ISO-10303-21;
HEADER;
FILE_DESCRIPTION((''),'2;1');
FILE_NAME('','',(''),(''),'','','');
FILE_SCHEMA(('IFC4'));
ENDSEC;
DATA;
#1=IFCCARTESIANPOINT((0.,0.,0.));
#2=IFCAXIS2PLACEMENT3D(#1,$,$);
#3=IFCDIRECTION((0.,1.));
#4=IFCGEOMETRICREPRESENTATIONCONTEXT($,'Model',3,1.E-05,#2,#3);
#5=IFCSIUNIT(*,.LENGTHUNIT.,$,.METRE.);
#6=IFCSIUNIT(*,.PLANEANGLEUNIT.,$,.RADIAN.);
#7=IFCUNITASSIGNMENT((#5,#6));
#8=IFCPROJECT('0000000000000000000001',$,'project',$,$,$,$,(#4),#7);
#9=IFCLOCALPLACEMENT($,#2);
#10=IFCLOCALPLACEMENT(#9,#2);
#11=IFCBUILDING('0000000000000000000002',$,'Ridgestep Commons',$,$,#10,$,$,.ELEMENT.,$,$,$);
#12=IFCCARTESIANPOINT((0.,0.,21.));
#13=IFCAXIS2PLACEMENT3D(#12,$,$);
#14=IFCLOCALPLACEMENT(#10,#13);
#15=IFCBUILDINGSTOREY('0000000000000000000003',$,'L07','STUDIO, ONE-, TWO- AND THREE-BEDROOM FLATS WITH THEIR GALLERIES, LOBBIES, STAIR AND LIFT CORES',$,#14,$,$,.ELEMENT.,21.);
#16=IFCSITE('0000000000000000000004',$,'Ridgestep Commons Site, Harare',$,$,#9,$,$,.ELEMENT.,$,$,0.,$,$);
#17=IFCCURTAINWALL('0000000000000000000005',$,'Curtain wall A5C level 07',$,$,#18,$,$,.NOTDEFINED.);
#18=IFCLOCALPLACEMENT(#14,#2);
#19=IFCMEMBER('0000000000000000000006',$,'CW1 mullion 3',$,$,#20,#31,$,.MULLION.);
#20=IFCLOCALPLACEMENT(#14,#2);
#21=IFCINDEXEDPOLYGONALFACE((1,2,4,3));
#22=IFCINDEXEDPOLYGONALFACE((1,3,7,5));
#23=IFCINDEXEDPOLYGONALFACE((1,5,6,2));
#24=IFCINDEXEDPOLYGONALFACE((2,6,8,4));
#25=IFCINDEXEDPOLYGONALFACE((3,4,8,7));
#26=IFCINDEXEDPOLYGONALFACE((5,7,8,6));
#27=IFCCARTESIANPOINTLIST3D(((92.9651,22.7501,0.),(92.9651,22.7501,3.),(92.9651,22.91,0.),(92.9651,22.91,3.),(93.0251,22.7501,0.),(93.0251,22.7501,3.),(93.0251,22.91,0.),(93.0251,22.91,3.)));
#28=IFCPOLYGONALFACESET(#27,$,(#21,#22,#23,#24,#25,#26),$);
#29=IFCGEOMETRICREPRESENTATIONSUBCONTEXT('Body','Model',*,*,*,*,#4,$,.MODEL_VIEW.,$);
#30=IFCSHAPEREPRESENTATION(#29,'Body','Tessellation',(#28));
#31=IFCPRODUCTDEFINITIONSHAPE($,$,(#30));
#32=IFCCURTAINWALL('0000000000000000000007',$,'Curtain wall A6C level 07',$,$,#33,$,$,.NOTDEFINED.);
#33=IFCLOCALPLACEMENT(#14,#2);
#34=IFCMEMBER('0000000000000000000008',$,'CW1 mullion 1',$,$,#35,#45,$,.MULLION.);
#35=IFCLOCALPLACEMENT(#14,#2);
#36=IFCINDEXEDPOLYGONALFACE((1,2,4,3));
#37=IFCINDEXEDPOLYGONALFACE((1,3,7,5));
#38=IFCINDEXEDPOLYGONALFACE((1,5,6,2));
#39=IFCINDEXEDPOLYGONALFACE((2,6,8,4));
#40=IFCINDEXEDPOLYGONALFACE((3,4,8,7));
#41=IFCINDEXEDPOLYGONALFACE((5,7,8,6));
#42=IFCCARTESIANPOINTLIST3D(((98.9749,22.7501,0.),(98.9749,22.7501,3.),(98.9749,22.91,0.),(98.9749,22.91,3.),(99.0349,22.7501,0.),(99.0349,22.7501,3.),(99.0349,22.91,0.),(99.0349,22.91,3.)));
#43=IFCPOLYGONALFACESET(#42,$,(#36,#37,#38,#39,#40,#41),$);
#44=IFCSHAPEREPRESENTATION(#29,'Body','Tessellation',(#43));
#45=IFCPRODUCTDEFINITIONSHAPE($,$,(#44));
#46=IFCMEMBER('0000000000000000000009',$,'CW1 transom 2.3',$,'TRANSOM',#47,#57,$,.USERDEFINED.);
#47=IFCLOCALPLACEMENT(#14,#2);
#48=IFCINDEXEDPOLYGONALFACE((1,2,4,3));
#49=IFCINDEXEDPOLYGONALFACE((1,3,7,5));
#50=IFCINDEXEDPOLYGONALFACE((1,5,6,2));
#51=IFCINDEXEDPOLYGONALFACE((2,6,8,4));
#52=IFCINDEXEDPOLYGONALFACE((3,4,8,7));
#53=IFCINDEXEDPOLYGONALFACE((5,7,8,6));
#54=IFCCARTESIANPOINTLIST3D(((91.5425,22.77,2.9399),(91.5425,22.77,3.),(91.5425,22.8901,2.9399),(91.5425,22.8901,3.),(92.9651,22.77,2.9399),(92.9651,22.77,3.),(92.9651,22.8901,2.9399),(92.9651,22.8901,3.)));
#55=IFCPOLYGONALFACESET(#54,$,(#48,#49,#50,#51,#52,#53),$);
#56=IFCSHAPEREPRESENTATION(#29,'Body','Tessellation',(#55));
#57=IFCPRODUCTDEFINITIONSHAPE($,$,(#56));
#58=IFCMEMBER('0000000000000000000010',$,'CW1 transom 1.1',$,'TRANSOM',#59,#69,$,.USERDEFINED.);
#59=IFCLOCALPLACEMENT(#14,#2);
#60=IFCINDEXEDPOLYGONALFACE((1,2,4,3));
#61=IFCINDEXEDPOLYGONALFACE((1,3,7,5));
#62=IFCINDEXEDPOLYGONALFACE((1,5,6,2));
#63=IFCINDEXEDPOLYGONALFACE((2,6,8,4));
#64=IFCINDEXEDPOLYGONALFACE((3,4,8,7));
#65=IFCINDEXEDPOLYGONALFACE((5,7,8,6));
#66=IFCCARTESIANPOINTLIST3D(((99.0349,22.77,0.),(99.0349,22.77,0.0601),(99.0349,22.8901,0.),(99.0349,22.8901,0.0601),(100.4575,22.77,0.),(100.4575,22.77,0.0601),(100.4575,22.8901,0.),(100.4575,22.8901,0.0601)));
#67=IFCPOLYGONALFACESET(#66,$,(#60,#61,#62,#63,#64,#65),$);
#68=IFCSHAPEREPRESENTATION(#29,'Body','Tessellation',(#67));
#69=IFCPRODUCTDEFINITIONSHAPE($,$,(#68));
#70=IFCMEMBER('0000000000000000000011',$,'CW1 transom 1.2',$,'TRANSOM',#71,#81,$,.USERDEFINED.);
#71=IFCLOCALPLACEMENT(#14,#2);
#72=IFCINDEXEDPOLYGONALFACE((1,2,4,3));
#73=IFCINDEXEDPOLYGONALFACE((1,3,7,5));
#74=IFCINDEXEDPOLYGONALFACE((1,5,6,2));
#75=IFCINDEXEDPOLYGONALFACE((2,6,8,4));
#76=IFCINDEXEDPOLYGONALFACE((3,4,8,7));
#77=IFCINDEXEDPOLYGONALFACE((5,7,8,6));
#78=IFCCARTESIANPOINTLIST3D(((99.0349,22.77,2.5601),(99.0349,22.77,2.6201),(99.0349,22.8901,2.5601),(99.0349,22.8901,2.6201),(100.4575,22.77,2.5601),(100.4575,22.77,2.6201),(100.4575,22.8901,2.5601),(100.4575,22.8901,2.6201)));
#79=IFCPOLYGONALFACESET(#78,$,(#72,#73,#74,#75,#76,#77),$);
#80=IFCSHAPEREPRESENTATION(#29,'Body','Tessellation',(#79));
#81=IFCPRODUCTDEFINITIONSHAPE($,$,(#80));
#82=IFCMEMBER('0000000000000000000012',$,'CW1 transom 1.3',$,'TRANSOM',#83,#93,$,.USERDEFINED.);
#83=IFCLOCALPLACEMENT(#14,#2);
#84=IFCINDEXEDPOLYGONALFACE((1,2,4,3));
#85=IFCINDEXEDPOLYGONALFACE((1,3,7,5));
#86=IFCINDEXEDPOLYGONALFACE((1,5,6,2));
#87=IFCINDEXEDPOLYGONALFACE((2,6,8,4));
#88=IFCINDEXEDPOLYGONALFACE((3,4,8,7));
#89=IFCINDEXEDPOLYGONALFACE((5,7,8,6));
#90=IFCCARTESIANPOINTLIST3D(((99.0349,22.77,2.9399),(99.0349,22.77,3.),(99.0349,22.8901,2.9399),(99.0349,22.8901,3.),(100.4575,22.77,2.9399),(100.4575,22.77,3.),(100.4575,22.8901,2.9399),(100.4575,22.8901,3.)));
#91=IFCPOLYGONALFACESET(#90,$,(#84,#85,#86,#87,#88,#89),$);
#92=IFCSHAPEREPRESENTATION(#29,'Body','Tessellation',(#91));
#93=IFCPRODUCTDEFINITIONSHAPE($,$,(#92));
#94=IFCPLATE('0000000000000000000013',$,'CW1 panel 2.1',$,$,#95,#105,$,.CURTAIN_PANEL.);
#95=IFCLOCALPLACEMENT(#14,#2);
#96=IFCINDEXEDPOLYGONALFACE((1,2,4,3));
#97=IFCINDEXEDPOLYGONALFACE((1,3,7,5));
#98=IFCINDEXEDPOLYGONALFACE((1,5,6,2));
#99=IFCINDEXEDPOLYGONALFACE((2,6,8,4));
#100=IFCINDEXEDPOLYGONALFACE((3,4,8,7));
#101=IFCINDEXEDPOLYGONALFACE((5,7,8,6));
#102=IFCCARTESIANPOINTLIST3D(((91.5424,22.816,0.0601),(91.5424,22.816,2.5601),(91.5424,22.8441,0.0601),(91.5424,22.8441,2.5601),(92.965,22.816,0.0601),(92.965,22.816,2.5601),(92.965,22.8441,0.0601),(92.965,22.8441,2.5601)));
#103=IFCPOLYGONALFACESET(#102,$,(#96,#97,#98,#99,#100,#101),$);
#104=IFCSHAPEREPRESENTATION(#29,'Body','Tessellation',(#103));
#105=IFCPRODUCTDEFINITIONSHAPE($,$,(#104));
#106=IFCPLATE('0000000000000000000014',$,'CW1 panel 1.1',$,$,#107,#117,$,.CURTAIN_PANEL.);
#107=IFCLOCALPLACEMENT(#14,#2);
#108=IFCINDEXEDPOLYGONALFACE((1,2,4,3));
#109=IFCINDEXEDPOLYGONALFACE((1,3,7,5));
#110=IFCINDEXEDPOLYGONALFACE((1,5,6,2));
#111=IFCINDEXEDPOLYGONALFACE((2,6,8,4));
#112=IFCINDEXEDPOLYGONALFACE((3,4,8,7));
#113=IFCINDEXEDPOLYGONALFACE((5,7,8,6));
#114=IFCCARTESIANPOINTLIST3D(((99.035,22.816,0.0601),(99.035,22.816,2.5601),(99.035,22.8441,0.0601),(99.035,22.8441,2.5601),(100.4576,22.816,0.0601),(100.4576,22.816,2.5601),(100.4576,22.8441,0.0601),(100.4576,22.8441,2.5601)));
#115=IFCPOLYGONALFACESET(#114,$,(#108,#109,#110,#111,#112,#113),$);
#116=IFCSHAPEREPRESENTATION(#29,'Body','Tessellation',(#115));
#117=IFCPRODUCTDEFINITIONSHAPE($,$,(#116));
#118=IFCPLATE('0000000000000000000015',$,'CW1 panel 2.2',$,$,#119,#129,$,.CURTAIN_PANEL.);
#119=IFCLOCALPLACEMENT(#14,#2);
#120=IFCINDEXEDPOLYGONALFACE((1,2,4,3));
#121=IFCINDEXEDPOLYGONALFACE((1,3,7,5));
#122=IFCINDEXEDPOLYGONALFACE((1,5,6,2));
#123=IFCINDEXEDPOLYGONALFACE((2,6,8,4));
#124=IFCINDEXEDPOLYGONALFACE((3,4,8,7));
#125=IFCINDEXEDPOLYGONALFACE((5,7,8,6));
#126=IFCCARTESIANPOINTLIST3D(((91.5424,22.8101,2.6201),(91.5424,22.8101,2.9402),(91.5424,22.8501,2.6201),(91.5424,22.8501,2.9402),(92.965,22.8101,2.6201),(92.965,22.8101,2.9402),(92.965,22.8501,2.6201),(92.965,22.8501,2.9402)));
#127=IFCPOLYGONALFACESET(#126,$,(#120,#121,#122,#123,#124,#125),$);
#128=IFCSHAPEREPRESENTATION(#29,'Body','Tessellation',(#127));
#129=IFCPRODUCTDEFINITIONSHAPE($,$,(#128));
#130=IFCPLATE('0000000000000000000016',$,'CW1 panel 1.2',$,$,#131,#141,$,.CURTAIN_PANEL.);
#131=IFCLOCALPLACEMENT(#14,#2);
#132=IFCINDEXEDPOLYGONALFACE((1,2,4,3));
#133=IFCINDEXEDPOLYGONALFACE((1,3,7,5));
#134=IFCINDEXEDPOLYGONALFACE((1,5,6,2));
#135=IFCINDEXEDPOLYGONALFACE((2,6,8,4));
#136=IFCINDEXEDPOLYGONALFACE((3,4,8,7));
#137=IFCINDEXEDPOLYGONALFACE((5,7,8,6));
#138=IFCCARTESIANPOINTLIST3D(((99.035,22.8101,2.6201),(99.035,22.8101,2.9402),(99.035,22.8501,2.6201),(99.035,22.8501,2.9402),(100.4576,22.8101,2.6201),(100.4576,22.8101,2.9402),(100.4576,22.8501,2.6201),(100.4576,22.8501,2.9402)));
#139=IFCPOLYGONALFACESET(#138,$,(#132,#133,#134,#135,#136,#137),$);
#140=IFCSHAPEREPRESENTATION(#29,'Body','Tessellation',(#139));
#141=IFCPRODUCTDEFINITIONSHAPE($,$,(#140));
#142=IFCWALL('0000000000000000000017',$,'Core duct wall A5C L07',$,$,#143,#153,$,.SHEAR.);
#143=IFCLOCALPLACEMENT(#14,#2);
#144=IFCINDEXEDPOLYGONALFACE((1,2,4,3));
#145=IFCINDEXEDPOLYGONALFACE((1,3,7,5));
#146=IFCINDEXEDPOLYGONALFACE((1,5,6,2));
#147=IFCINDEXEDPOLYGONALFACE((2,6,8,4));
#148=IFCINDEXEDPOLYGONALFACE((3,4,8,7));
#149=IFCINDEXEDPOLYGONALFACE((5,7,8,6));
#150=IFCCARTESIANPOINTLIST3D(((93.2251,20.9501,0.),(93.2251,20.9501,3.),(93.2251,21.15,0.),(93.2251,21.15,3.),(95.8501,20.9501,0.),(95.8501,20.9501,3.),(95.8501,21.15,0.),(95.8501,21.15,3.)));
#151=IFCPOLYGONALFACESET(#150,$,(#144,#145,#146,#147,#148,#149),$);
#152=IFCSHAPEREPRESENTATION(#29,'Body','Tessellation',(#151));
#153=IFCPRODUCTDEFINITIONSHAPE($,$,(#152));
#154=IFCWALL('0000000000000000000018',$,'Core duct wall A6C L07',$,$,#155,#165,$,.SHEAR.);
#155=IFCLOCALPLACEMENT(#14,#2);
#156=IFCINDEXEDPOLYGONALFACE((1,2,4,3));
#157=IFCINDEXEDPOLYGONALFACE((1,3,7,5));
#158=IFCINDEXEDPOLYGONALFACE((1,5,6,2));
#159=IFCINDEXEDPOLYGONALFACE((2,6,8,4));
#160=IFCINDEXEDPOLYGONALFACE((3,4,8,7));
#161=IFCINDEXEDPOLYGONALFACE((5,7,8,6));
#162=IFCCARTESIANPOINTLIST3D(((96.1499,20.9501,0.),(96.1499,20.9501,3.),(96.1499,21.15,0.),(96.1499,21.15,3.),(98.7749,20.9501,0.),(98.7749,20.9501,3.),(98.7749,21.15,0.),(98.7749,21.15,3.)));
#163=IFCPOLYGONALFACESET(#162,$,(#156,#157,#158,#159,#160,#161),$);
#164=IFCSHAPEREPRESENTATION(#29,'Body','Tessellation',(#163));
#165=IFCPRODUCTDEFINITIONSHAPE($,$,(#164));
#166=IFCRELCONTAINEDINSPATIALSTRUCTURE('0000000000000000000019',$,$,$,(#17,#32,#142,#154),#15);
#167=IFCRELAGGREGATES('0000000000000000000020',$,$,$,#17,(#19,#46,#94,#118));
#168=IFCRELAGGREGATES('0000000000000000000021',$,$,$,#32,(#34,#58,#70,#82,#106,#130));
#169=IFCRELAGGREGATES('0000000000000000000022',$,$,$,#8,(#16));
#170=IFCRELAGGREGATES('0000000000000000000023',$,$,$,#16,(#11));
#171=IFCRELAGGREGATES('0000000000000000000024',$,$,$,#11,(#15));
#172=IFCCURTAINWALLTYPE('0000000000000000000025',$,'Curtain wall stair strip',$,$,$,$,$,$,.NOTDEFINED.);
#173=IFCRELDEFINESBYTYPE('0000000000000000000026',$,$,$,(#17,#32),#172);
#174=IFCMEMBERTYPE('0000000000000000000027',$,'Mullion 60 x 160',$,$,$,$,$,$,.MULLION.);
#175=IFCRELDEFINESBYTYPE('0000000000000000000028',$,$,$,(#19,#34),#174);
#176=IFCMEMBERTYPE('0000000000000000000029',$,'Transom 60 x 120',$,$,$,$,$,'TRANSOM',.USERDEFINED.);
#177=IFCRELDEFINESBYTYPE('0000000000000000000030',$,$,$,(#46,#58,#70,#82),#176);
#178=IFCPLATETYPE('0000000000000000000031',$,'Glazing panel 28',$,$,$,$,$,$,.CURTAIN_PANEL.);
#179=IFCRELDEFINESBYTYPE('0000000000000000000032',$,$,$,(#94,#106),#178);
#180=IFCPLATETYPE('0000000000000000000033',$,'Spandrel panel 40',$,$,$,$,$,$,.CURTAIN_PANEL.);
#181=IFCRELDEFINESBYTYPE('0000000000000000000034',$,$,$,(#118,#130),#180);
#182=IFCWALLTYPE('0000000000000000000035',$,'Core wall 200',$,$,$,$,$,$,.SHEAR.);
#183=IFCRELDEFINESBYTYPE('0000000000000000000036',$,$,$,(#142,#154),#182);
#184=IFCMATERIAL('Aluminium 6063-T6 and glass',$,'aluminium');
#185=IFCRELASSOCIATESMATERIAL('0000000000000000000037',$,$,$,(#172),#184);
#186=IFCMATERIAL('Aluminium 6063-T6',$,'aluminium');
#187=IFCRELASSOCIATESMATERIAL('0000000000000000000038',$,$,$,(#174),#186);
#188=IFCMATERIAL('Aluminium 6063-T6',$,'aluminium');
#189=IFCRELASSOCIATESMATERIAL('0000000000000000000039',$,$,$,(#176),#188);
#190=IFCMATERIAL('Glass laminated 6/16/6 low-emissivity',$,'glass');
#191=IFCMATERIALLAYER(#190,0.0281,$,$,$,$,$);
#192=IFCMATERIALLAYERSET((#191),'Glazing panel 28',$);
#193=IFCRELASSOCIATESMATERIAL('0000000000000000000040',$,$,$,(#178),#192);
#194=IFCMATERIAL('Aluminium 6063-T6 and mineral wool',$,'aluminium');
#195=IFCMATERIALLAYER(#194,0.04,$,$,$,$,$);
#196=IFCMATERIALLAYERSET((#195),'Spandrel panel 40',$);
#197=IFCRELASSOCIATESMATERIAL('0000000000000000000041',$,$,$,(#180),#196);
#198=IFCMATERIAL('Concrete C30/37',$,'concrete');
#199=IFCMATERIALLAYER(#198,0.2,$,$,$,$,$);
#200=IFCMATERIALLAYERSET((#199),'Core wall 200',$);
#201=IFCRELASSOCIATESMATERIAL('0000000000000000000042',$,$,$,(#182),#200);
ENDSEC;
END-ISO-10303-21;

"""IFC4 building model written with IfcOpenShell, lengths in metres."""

from ifc_helpers import new_model, si_unit, direction, frame, frame_2d, origin, origin_2d, place, context, subcontext, project, spatial, rectangle, extrude, material, layer, layer_set, material_profile, profile_set, type_object, element, aggregate, save


model = new_model("IFC4")

# Units and contexts
model_context = context("Model", 3, precision=1e-05, world=origin(), true_north=direction((0.0, 1.0)))
body_context = subcontext(model_context, "Body", "Model", "MODEL_VIEW")
ifc_project = project(units=[si_unit("LENGTHUNIT", "METRE"), si_unit("PLANEANGLEUNIT", "RADIAN")], contexts=[model_context])

# Site, building, storey
site_placement = place(None, origin())
site = spatial("IfcSite", under=ifc_project, at=site_placement, Name="Ridgestep Commons Site, Harare", CompositionType="ELEMENT", RefElevation=0.0)
building_placement = place(site_placement, origin())
building = spatial("IfcBuilding", under=site, at=building_placement, Name="Ridgestep Commons", CompositionType="ELEMENT")
storey_placement = place(building_placement, frame((0.0, 0.0, 21.0)))
storey = spatial("IfcBuildingStorey", under=building, at=storey_placement, Name="L07", Description="STUDIO, ONE-, TWO- AND THREE-BEDROOM FLATS WITH THEIR GALLERIES, LOBBIES, STAIR AND LIFT CORES", CompositionType="ELEMENT", Elevation=21.0)

# Curtain walls, members
ifc_material_1 = material(Name="Aluminium 6063-T6 and glass", Category="aluminium")
curtain_wall_type = type_object("IfcCurtainWallType", Name="Curtain wall stair strip", PredefinedType="NOTDEFINED", material=ifc_material_1)
curtain_wall_1_placement = place(storey_placement, origin())
curtain_wall_1 = element("IfcCurtainWall", 1, at=curtain_wall_1_placement, inside=storey, type_object=curtain_wall_type, Name="Curtain wall A5C level 07", PredefinedType="NOTDEFINED")
ifc_material_2 = material(Name="Aluminium 6063-T6", Category="aluminium")
ifc_material_profile_1 = material_profile(ifc_material_2, rectangle(XDim=0.1599, YDim=0.0601, at=origin_2d()), Name="Mullion 60 x 160")
ifc_profile_set_1 = profile_set([ifc_material_profile_1], Name="Aluminium 6063-T6")
member_type_1 = type_object("IfcMemberType", Name="Mullion 60 x 160", PredefinedType="MULLION", material=ifc_profile_set_1)
member_1_placement = place(storey_placement, frame((92.9951, 22.8301, 0.0), z_axis=(0.0, 0.0, 1.0), x_axis=(0.0, 1.0, 0.0)))
member_1 = element("IfcMember", 2, at=member_1_placement, type_object=member_type_1, Name="CW1 mullion 3", PredefinedType="MULLION", context=body_context, shape_type="SweptSolid", body=[
    extrude(rectangle(XDim=0.1599, YDim=0.0601, at=origin_2d()), origin(), (0.0, 0.0, 1.0), 3.0),
])
curtain_wall_2_placement = place(storey_placement, origin())
curtain_wall_2 = element("IfcCurtainWall", 3, at=curtain_wall_2_placement, inside=storey, type_object=curtain_wall_type, Name="Curtain wall A6C level 07", PredefinedType="NOTDEFINED")
member_2_placement = place(storey_placement, frame((99.0049, 22.8301, 0.0), z_axis=(0.0, 0.0, 1.0), x_axis=(0.0, 1.0, 0.0)))
member_2 = element("IfcMember", 4, at=member_2_placement, type_object=member_type_1, Name="CW1 mullion 1", PredefinedType="MULLION", context=body_context, shape_type="SweptSolid", body=[
    extrude(rectangle(XDim=0.1599, YDim=0.0601, at=origin_2d()), origin(), (0.0, 0.0, 1.0), 3.0),
])

# Members
ifc_material_3 = material(Name="Aluminium 6063-T6", Category="aluminium")
ifc_material_profile_2 = material_profile(ifc_material_3, rectangle(XDim=0.1201, YDim=0.0601, at=origin_2d()), Name="Transom 60 x 120")
ifc_profile_set_2 = profile_set([ifc_material_profile_2], Name="Aluminium 6063-T6")
member_type_2 = type_object("IfcMemberType", Name="Transom 60 x 120", ElementType="TRANSOM", PredefinedType="USERDEFINED", material=ifc_profile_set_2)
member_3_placement = place(storey_placement, frame((91.5425, 22.8301, 2.97), z_axis=(1.0, 0.0, 0.0), x_axis=(0.0, 1.0, 0.0)))
member_3 = element("IfcMember", 5, at=member_3_placement, type_object=member_type_2, Name="CW1 transom 2.3", ObjectType="TRANSOM", PredefinedType="USERDEFINED", context=body_context, shape_type="SweptSolid", body=[
    extrude(rectangle(XDim=0.1201, YDim=0.0601, at=origin_2d()), origin(), (0.0, 0.0, 1.0), 1.4226),
])
member_4_placement = place(storey_placement, frame((99.0349, 22.8301, 0.03), z_axis=(1.0, 0.0, 0.0), x_axis=(0.0, 1.0, 0.0)))
member_4 = element("IfcMember", 6, at=member_4_placement, type_object=member_type_2, Name="CW1 transom 1.1", ObjectType="TRANSOM", PredefinedType="USERDEFINED", context=body_context, shape_type="SweptSolid", body=[
    extrude(rectangle(XDim=0.1201, YDim=0.0601, at=origin_2d()), origin(), (0.0, 0.0, 1.0), 1.4226),
])
member_5_placement = place(storey_placement, frame((99.0349, 22.8301, 2.5901), z_axis=(1.0, 0.0, 0.0), x_axis=(0.0, 1.0, 0.0)))
member_5 = element("IfcMember", 7, at=member_5_placement, type_object=member_type_2, Name="CW1 transom 1.2", ObjectType="TRANSOM", PredefinedType="USERDEFINED", context=body_context, shape_type="SweptSolid", body=[
    extrude(rectangle(XDim=0.1201, YDim=0.0601, at=origin_2d()), origin(), (0.0, 0.0, 1.0), 1.4226),
])
member_6_placement = place(storey_placement, frame((99.0349, 22.8301, 2.97), z_axis=(1.0, 0.0, 0.0), x_axis=(0.0, 1.0, 0.0)))
member_6 = element("IfcMember", 8, at=member_6_placement, type_object=member_type_2, Name="CW1 transom 1.3", ObjectType="TRANSOM", PredefinedType="USERDEFINED", context=body_context, shape_type="SweptSolid", body=[
    extrude(rectangle(XDim=0.1201, YDim=0.0601, at=origin_2d()), origin(), (0.0, 0.0, 1.0), 1.4226),
])

# Plates
ifc_material_4 = material(Name="Glass laminated 6/16/6 low-emissivity", Category="glass")
ifc_layer_1 = layer(ifc_material_4, 0.0281)
ifc_layer_set_1 = layer_set([ifc_layer_1], Name="Glazing panel 28")
plate_type_1 = type_object("IfcPlateType", Name="Glazing panel 28", PredefinedType="CURTAIN_PANEL", material=ifc_layer_set_1)
plate_1_placement = place(storey_placement, frame((92.2537, 22.8301, 0.0601), z_axis=(0.0, 0.0, 1.0), x_axis=(1.0, 0.0, 0.0)))
plate_1 = element("IfcPlate", 9, at=plate_1_placement, type_object=plate_type_1, Name="CW1 panel 2.1", PredefinedType="CURTAIN_PANEL", context=body_context, shape_type="SweptSolid", body=[
    extrude(rectangle(XDim=1.4226, YDim=0.0281, at=origin_2d()), origin(), (0.0, 0.0, 1.0), 2.5),
])
plate_2_placement = place(storey_placement, frame((99.7463, 22.8301, 0.0601), z_axis=(0.0, 0.0, 1.0), x_axis=(1.0, 0.0, 0.0)))
plate_2 = element("IfcPlate", 10, at=plate_2_placement, type_object=plate_type_1, Name="CW1 panel 1.1", PredefinedType="CURTAIN_PANEL", context=body_context, shape_type="SweptSolid", body=[
    extrude(rectangle(XDim=1.4226, YDim=0.0281, at=origin_2d()), origin(), (0.0, 0.0, 1.0), 2.5),
])
ifc_material_5 = material(Name="Aluminium 6063-T6 and mineral wool", Category="aluminium")
ifc_layer_2 = layer(ifc_material_5, 0.04)
ifc_layer_set_2 = layer_set([ifc_layer_2], Name="Spandrel panel 40")
plate_type_2 = type_object("IfcPlateType", Name="Spandrel panel 40", PredefinedType="CURTAIN_PANEL", material=ifc_layer_set_2)
plate_3_placement = place(storey_placement, frame((92.2537, 22.8301, 2.6201), z_axis=(0.0, 0.0, 1.0), x_axis=(1.0, 0.0, 0.0)))
plate_3 = element("IfcPlate", 11, at=plate_3_placement, type_object=plate_type_2, Name="CW1 panel 2.2", PredefinedType="CURTAIN_PANEL", context=body_context, shape_type="SweptSolid", body=[
    extrude(rectangle(XDim=1.4226, YDim=0.04, at=origin_2d()), origin(), (0.0, 0.0, 1.0), 0.3201),
])
aggregate(curtain_wall_1, [member_1, member_3, plate_1, plate_3])
plate_4_placement = place(storey_placement, frame((99.7463, 22.8301, 2.6201), z_axis=(0.0, 0.0, 1.0), x_axis=(1.0, 0.0, 0.0)))
plate_4 = element("IfcPlate", 12, at=plate_4_placement, type_object=plate_type_2, Name="CW1 panel 1.2", PredefinedType="CURTAIN_PANEL", context=body_context, shape_type="SweptSolid", body=[
    extrude(rectangle(XDim=1.4226, YDim=0.04, at=origin_2d()), origin(), (0.0, 0.0, 1.0), 0.3201),
])
aggregate(curtain_wall_2, [member_2, member_4, member_5, member_6, plate_2, plate_4])

# Walls
ifc_material_6 = material(Name="Concrete C30/37", Category="concrete")
ifc_layer_3 = layer(ifc_material_6, 0.2)
ifc_layer_set_3 = layer_set([ifc_layer_3], Name="Core wall 200")
wall_type = type_object("IfcWallType", Name="Core wall 200", PredefinedType="SHEAR", material=ifc_layer_set_3)
for number, where, z_axis, x_axis, name in (
    (13, (93.2251, 21.05, 0.0), (0.0, 0.0, 1.0), (1.0, 0.0, 0.0), "Core duct wall A5C L07"),
    (14, (96.1499, 21.05, 0.0), (0.0, 0.0, 1.0), (1.0, 0.0, 0.0), "Core duct wall A6C L07"),
):
    element("IfcWall", number, at=place(storey_placement, frame(where, z_axis=z_axis, x_axis=x_axis)), inside=storey, type_object=wall_type, Name=name, PredefinedType="SHEAR", context=body_context, shape_type="SweptSolid", body=[
        extrude(rectangle(XDim=2.625, YDim=0.2, at=frame_2d((1.3125, 0.0))), origin(), (0.0, 0.0, 1.0), 3.0),
    ])

save(model, "model.ifc")
